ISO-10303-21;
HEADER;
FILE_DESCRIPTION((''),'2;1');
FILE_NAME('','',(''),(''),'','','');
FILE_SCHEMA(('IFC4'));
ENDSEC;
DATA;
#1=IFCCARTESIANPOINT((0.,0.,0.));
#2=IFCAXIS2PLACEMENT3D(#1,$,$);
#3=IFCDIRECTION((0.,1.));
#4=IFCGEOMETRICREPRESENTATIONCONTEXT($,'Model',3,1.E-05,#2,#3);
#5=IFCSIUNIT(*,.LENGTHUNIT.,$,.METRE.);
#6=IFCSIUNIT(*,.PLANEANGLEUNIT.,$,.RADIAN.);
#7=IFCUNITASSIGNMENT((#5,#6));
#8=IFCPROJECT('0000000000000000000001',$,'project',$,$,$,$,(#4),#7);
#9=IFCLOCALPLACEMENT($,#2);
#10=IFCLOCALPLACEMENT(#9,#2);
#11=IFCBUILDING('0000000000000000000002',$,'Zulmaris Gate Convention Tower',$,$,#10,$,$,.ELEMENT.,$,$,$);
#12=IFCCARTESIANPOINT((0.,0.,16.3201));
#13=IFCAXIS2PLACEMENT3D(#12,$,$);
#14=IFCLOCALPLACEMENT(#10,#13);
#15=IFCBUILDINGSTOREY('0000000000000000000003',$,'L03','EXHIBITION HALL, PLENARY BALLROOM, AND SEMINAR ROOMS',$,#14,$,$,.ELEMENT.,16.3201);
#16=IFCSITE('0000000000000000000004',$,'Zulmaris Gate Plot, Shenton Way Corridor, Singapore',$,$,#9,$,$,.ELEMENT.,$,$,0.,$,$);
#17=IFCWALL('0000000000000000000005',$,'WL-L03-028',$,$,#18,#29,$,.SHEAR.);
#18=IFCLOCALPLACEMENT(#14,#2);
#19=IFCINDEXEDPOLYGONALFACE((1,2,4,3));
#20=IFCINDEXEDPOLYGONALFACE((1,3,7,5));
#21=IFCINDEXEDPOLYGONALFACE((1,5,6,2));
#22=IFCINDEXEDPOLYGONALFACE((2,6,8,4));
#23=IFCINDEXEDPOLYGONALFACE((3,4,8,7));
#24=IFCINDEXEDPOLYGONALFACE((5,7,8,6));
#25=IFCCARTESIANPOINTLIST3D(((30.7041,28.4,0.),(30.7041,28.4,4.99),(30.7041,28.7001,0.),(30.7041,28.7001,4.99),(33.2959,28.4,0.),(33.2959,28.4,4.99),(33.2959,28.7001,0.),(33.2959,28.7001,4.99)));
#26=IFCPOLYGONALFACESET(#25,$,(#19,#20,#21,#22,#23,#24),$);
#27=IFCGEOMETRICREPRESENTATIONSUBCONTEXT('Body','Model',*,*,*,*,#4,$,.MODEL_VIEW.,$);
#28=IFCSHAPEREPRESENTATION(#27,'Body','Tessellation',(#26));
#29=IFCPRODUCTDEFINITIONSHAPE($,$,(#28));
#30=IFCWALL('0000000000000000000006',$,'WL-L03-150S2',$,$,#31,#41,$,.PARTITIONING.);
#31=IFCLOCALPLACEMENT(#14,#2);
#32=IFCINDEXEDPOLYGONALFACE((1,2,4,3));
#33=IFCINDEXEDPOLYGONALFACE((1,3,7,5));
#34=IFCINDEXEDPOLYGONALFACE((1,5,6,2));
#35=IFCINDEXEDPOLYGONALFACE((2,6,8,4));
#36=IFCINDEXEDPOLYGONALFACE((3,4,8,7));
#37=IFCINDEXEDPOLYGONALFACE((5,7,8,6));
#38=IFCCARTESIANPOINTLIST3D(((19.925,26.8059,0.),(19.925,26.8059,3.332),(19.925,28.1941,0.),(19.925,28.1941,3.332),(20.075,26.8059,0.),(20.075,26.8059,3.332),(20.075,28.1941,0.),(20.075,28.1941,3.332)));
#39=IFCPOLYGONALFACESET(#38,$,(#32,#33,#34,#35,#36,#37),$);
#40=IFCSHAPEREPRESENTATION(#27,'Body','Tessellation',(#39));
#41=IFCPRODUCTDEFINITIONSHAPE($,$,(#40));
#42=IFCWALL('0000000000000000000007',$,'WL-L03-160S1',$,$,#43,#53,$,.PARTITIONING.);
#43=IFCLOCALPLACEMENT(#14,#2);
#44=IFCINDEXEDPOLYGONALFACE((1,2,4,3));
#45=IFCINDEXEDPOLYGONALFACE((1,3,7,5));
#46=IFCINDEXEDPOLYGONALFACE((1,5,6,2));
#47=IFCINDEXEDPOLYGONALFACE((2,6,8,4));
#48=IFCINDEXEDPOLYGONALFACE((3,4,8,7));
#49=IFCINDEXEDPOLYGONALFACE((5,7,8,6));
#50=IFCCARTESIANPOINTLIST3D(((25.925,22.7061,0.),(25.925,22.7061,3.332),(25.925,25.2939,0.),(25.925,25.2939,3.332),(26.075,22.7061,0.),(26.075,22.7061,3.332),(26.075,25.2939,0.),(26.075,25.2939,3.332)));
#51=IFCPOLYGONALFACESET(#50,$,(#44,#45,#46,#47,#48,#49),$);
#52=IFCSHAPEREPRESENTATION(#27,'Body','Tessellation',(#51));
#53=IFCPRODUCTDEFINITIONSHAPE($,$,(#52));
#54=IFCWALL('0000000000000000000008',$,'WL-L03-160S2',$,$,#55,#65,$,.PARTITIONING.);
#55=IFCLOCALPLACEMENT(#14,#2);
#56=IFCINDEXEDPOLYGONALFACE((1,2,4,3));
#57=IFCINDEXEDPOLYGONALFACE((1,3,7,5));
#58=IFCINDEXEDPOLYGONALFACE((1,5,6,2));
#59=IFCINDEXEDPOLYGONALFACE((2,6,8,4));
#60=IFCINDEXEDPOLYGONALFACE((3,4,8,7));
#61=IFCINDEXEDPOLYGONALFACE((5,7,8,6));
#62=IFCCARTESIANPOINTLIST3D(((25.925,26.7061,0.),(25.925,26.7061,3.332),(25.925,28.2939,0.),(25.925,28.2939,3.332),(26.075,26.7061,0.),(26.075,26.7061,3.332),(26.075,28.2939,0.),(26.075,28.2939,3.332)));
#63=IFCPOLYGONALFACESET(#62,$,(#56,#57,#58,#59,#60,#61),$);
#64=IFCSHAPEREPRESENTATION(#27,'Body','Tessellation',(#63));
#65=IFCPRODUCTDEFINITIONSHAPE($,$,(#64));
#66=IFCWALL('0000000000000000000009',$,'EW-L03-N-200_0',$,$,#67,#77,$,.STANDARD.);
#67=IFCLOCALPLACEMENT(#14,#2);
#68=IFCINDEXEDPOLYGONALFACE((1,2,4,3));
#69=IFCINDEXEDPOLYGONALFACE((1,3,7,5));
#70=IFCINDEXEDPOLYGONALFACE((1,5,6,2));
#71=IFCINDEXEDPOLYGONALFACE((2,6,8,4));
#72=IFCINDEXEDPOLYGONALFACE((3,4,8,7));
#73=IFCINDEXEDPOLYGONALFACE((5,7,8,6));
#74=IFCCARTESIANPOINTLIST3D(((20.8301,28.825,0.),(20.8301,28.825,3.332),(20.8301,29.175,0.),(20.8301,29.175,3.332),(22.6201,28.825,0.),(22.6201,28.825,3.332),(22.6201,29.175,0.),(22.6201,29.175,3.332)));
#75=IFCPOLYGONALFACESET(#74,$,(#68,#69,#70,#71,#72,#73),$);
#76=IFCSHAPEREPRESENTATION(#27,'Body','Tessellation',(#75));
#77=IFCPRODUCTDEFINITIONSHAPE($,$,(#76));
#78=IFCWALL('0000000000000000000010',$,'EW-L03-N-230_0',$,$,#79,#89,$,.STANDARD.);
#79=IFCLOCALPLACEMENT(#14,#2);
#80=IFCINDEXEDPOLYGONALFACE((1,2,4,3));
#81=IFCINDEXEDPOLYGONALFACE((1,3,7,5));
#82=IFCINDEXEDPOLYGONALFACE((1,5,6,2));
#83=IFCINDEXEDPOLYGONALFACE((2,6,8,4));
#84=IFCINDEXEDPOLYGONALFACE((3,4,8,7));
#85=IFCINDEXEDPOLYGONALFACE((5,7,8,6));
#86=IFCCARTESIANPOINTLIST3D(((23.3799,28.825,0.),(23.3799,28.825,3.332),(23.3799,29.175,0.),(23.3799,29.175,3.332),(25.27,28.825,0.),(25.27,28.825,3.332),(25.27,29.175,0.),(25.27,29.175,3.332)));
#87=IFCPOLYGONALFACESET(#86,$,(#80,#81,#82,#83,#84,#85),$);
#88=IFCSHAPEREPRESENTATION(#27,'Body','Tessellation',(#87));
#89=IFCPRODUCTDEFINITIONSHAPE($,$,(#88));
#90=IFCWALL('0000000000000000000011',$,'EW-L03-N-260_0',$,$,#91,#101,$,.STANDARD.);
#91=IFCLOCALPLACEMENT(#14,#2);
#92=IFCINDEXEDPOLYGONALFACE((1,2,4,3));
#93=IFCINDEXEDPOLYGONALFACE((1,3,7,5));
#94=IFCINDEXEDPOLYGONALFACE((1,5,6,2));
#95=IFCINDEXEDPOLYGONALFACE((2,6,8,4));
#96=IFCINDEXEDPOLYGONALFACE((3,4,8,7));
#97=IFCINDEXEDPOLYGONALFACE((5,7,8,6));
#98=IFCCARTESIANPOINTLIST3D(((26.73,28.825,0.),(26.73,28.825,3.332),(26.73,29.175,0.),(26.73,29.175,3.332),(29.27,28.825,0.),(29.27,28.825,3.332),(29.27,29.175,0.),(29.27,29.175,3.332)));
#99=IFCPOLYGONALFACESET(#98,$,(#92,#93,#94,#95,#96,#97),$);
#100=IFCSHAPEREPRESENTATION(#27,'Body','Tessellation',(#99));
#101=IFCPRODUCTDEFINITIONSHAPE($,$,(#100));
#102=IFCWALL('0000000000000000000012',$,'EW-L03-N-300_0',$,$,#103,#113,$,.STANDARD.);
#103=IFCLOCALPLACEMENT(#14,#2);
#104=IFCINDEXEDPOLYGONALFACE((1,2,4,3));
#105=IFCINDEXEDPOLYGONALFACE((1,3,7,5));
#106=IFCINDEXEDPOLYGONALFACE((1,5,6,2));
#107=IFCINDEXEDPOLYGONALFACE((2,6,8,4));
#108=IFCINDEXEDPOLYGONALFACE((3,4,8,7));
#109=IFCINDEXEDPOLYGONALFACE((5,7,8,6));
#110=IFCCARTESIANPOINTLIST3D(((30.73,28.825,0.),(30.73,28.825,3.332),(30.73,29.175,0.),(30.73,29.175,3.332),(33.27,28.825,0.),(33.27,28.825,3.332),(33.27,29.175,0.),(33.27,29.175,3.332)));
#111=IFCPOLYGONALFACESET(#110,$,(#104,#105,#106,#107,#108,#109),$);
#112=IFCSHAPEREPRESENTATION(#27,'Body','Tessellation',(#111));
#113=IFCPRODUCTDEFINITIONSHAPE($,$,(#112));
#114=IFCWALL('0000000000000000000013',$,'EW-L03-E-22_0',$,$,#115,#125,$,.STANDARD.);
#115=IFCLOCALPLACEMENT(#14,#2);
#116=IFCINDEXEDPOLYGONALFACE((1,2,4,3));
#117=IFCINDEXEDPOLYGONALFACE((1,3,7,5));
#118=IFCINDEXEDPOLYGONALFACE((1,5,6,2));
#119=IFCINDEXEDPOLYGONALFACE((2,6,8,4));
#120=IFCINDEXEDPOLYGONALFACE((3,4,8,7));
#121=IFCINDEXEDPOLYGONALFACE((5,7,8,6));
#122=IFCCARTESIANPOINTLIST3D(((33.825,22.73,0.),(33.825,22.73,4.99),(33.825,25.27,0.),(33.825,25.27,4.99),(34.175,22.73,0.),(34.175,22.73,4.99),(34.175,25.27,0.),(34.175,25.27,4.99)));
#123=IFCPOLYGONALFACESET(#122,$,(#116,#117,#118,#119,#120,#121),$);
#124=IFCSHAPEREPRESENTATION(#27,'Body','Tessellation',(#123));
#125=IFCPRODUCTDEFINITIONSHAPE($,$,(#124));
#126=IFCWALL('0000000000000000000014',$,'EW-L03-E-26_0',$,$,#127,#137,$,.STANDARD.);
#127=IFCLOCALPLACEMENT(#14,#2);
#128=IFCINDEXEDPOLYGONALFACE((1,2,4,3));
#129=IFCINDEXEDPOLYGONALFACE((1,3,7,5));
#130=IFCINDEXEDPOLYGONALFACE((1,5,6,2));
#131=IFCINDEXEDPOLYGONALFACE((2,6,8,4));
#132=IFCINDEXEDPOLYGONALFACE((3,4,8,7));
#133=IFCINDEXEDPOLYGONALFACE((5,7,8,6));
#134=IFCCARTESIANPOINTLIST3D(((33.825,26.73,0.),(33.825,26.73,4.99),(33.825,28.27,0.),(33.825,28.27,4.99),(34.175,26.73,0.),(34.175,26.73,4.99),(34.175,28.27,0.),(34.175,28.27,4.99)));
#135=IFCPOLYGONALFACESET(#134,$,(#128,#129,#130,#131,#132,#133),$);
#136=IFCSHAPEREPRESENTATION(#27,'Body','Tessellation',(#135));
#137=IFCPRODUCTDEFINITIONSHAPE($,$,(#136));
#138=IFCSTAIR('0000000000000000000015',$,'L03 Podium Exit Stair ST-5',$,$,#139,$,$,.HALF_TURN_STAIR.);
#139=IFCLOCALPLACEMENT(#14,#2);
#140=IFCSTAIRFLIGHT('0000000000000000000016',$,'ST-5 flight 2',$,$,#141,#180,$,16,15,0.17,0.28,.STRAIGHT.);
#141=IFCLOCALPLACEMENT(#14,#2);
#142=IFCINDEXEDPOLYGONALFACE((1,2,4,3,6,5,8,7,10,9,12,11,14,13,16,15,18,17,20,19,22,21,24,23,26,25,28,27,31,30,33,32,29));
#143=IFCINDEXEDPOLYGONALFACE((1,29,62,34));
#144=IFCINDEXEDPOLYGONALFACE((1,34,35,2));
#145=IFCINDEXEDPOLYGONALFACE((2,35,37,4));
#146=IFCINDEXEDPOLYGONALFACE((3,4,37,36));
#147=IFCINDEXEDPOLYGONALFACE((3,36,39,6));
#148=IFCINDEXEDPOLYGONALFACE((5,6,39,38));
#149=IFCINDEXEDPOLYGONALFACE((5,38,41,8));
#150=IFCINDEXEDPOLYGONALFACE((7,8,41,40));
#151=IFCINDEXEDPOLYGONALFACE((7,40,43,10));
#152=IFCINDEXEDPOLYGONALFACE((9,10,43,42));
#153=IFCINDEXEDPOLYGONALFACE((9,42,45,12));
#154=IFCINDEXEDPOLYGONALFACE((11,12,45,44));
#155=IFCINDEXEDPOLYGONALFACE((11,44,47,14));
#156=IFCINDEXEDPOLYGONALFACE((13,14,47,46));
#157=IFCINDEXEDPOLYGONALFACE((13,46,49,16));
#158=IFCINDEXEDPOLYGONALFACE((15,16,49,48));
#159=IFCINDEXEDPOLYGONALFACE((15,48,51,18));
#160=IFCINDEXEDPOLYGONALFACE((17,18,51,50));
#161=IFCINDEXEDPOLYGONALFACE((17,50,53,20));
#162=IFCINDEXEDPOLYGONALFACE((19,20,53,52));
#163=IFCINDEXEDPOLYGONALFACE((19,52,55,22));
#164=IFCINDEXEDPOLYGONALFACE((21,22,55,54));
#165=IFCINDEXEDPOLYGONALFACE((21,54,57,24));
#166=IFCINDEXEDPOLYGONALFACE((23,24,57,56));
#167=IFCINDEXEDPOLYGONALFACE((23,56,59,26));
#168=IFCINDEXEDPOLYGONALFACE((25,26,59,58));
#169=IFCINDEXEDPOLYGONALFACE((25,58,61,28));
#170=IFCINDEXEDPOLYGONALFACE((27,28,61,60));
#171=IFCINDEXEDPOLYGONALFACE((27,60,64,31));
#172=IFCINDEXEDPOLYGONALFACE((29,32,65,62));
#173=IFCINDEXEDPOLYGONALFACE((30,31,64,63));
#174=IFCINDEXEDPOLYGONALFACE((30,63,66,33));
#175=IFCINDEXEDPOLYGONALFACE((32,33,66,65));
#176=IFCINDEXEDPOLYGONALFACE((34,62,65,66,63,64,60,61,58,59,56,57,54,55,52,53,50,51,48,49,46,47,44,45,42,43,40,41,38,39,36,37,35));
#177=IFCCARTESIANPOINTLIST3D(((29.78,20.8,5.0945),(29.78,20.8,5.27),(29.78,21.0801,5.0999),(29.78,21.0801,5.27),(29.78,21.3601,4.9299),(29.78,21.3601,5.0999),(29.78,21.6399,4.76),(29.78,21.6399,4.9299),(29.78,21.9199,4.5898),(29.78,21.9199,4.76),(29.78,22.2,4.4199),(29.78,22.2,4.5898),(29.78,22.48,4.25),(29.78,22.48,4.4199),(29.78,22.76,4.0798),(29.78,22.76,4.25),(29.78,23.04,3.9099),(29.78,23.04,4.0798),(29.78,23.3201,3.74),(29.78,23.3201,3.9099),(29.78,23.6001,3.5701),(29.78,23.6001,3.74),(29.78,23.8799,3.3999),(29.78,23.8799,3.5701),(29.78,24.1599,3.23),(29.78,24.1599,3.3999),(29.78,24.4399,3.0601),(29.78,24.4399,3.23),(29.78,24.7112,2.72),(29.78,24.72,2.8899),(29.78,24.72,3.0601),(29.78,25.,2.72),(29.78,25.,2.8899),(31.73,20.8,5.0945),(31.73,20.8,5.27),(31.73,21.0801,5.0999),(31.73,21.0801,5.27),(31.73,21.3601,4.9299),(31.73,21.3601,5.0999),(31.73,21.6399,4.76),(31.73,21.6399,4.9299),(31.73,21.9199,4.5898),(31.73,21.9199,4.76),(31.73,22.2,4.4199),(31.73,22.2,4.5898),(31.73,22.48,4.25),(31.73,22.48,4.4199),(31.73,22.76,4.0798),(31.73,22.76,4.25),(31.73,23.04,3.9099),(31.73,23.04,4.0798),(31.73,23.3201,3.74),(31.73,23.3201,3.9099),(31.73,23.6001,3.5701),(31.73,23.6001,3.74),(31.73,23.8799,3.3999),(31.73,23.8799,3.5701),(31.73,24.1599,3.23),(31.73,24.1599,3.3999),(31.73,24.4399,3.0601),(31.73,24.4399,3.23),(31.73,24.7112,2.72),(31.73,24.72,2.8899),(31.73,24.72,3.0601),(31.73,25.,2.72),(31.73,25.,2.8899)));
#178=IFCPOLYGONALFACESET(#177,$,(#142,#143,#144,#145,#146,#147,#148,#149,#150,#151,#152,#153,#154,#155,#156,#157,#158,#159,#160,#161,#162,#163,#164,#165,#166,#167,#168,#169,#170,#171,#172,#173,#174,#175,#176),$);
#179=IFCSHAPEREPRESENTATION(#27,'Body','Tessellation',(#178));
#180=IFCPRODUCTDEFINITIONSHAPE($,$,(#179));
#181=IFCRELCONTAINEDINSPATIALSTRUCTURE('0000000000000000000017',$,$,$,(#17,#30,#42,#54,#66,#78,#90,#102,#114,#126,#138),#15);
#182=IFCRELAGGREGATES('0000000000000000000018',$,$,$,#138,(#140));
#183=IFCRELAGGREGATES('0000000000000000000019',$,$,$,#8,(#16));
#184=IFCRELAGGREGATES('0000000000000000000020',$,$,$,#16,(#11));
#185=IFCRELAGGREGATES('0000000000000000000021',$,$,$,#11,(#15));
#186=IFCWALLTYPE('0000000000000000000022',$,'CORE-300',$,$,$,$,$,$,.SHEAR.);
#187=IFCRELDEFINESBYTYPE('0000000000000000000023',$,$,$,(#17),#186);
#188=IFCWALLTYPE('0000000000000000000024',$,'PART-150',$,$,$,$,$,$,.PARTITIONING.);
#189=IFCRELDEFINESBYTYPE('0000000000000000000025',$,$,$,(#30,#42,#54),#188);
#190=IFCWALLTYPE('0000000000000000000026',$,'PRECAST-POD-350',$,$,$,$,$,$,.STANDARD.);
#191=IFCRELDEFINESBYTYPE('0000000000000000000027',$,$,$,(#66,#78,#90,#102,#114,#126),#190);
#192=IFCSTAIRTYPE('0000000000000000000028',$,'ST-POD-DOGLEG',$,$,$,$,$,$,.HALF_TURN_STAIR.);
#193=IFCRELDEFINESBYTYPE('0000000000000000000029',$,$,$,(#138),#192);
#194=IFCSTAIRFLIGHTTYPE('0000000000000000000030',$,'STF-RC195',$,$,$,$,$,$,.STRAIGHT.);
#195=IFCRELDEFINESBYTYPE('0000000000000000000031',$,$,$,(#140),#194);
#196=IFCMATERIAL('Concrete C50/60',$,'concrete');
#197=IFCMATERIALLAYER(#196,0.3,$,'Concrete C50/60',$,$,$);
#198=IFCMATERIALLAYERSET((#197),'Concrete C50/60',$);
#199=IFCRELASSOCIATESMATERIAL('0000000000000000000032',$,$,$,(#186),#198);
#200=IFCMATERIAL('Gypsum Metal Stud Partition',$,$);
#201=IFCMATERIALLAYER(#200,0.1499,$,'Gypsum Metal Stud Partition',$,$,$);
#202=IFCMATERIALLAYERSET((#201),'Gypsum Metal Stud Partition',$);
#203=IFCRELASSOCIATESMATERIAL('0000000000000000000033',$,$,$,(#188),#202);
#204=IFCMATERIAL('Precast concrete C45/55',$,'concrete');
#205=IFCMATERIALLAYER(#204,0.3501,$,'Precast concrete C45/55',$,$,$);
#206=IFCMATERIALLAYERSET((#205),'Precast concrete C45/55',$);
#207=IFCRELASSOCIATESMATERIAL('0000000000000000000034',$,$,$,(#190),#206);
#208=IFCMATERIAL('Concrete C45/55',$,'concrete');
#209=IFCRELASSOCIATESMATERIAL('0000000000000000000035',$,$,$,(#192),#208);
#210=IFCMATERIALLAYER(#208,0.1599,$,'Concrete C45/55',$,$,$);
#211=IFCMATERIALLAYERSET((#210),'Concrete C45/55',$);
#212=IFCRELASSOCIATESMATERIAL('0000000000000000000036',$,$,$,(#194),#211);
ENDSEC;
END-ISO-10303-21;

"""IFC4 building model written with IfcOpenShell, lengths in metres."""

from ifc_helpers import new_model, si_unit, direction, frame, frame_2d, origin, place, context, subcontext, project, spatial, polyline, rectangle, outline, extrude, material, layer, layer_set, type_object, element, aggregate, save


model = new_model("IFC4")

# Units and contexts
model_context = context("Model", 3, precision=1e-05, world=origin(), true_north=direction((0.0, 1.0)))
body_context = subcontext(model_context, "Body", "Model", "MODEL_VIEW")
ifc_project = project(units=[si_unit("LENGTHUNIT", "METRE"), si_unit("PLANEANGLEUNIT", "RADIAN")], contexts=[model_context])

# Site, building, storey
site_placement = place(None, origin())
site = spatial("IfcSite", under=ifc_project, at=site_placement, Name="Zulmaris Gate Plot, Shenton Way Corridor, Singapore", CompositionType="ELEMENT", RefElevation=0.0)
building_placement = place(site_placement, origin())
building = spatial("IfcBuilding", under=site, at=building_placement, Name="Zulmaris Gate Convention Tower", CompositionType="ELEMENT")
storey_placement = place(building_placement, frame((0.0, 0.0, 16.3201)))
storey = spatial("IfcBuildingStorey", under=building, at=storey_placement, Name="L03", Description="EXHIBITION HALL, PLENARY BALLROOM, AND SEMINAR ROOMS", CompositionType="ELEMENT", Elevation=16.3201)

# Walls
ifc_material_1 = material(Name="Concrete C50/60", Category="concrete")
ifc_layer_1 = layer(ifc_material_1, 0.3, Name="Concrete C50/60")
ifc_layer_set_1 = layer_set([ifc_layer_1], Name="Concrete C50/60")
wall_type_1 = type_object("IfcWallType", Name="CORE-300", PredefinedType="SHEAR", material=ifc_layer_set_1)
wall_1_placement = place(storey_placement, frame((30.7041, 28.55, 0.0), z_axis=(0.0, 0.0, 1.0), x_axis=(1.0, 0.0, 0.0)))
element("IfcWall", 1, at=wall_1_placement, inside=storey, type_object=wall_type_1, Name="WL-L03-028", PredefinedType="SHEAR", context=body_context, shape_type="SweptSolid", body=[
    extrude(rectangle(XDim=2.5918, YDim=0.3, at=frame_2d((1.2959, 0.0))), origin(), (0.0, 0.0, 1.0), 4.99),
])
ifc_material_2 = material(Name="Gypsum Metal Stud Partition")
ifc_layer_2 = layer(ifc_material_2, 0.1499, Name="Gypsum Metal Stud Partition")
ifc_layer_set_2 = layer_set([ifc_layer_2], Name="Gypsum Metal Stud Partition")
wall_type_2 = type_object("IfcWallType", Name="PART-150", PredefinedType="PARTITIONING", material=ifc_layer_set_2)
wall_2_placement = place(storey_placement, frame((20.0, 26.8059, 0.0), z_axis=(0.0, 0.0, 1.0), x_axis=(0.0, 1.0, 0.0)))
element("IfcWall", 2, at=wall_2_placement, inside=storey, type_object=wall_type_2, Name="WL-L03-150S2", PredefinedType="PARTITIONING", context=body_context, shape_type="SweptSolid", body=[
    extrude(rectangle(XDim=1.3882, YDim=0.1499, at=frame_2d((0.6941, 0.0))), origin(), (0.0, 0.0, 1.0), 3.332),
])
wall_3_placement = place(storey_placement, frame((26.0, 22.7061, 0.0), z_axis=(0.0, 0.0, 1.0), x_axis=(0.0, 1.0, 0.0)))
element("IfcWall", 3, at=wall_3_placement, inside=storey, type_object=wall_type_2, Name="WL-L03-160S1", PredefinedType="PARTITIONING", context=body_context, shape_type="SweptSolid", body=[
    extrude(rectangle(XDim=2.5879, YDim=0.1499, at=frame_2d((1.2939, 0.0))), origin(), (0.0, 0.0, 1.0), 3.332),
])
wall_4_placement = place(storey_placement, frame((26.0, 26.7061, 0.0), z_axis=(0.0, 0.0, 1.0), x_axis=(0.0, 1.0, 0.0)))
element("IfcWall", 4, at=wall_4_placement, inside=storey, type_object=wall_type_2, Name="WL-L03-160S2", PredefinedType="PARTITIONING", context=body_context, shape_type="SweptSolid", body=[
    extrude(rectangle(XDim=1.5879, YDim=0.1499, at=frame_2d((0.7939, 0.0))), origin(), (0.0, 0.0, 1.0), 3.332),
])
ifc_material_3 = material(Name="Precast concrete C45/55", Category="concrete")
ifc_layer_3 = layer(ifc_material_3, 0.3501, Name="Precast concrete C45/55")
ifc_layer_set_3 = layer_set([ifc_layer_3], Name="Precast concrete C45/55")
wall_type_3 = type_object("IfcWallType", Name="PRECAST-POD-350", PredefinedType="STANDARD", material=ifc_layer_set_3)
wall_5_placement = place(storey_placement, frame((22.6201, 29.0, 0.0), z_axis=(0.0, 0.0, 1.0), x_axis=(-1.0, 0.0, 0.0)))
element("IfcWall", 5, at=wall_5_placement, inside=storey, type_object=wall_type_3, Name="EW-L03-N-200_0", PredefinedType="STANDARD", context=body_context, shape_type="SweptSolid", body=[
    extrude(rectangle(XDim=1.79, YDim=0.3501, at=frame_2d((0.895, 0.0))), origin(), (0.0, 0.0, 1.0), 3.332),
])
wall_6_placement = place(storey_placement, frame((25.27, 29.0, 0.0), z_axis=(0.0, 0.0, 1.0), x_axis=(-1.0, 0.0, 0.0)))
element("IfcWall", 6, at=wall_6_placement, inside=storey, type_object=wall_type_3, Name="EW-L03-N-230_0", PredefinedType="STANDARD", context=body_context, shape_type="SweptSolid", body=[
    extrude(rectangle(XDim=1.8901, YDim=0.3501, at=frame_2d((0.9451, 0.0))), origin(), (0.0, 0.0, 1.0), 3.332),
])
for number, where, z_axis, x_axis, name in (
    (7, (29.27, 29.0, 0.0), (0.0, 0.0, 1.0), (-1.0, 0.0, 0.0), "EW-L03-N-260_0"),
    (8, (33.27, 29.0, 0.0), (0.0, 0.0, 1.0), (-1.0, 0.0, 0.0), "EW-L03-N-300_0"),
):
    element("IfcWall", number, at=place(storey_placement, frame(where, z_axis=z_axis, x_axis=x_axis)), inside=storey, type_object=wall_type_3, Name=name, PredefinedType="STANDARD", context=body_context, shape_type="SweptSolid", body=[
        extrude(rectangle(XDim=2.54, YDim=0.3501, at=frame_2d((1.27, 0.0))), origin(), (0.0, 0.0, 1.0), 3.332),
    ])
wall_7_placement = place(storey_placement, frame((34.0, 25.27, 0.0), z_axis=(0.0, 0.0, 1.0), x_axis=(0.0, -1.0, 0.0)))
element("IfcWall", 9, at=wall_7_placement, inside=storey, type_object=wall_type_3, Name="EW-L03-E-22_0", PredefinedType="STANDARD", context=body_context, shape_type="SweptSolid", body=[
    extrude(rectangle(XDim=2.54, YDim=0.3501, at=frame_2d((1.27, 0.0))), origin(), (0.0, 0.0, 1.0), 4.99),
])
wall_8_placement = place(storey_placement, frame((34.0, 28.27, 0.0), z_axis=(0.0, 0.0, 1.0), x_axis=(0.0, -1.0, 0.0)))
element("IfcWall", 10, at=wall_8_placement, inside=storey, type_object=wall_type_3, Name="EW-L03-E-26_0", PredefinedType="STANDARD", context=body_context, shape_type="SweptSolid", body=[
    extrude(rectangle(XDim=1.54, YDim=0.3501, at=frame_2d((0.77, 0.0))), origin(), (0.0, 0.0, 1.0), 4.99),
])

# Stair, stair flight
ifc_material_4 = material(Name="Concrete C45/55", Category="concrete")
stair_type = type_object("IfcStairType", Name="ST-POD-DOGLEG", PredefinedType="HALF_TURN_STAIR", material=ifc_material_4)
stair_placement = place(storey_placement, origin())
stair = element("IfcStair", 11, at=stair_placement, inside=storey, type_object=stair_type, Name="L03 Podium Exit Stair ST-5", PredefinedType="HALF_TURN_STAIR")
ifc_layer_4 = layer(ifc_material_4, 0.1599, Name="Concrete C45/55")
ifc_layer_set_4 = layer_set([ifc_layer_4], Name="Concrete C45/55")
stair_flight_type = type_object("IfcStairFlightType", Name="STF-RC195", PredefinedType="STRAIGHT", material=ifc_layer_set_4)
stair_flight_placement = place(storey_placement, frame((30.7549, 25.0, 2.72), z_axis=(0.0, 0.0, 1.0), x_axis=(0.0, -1.0, 0.0)))
stair_flight = element("IfcStairFlight", 12, at=stair_flight_placement, type_object=stair_flight_type, Name="ST-5 flight 2", NumberOfRisers=16, NumberOfTreads=15, PredefinedType="STRAIGHT", RiserHeight=0.17, TreadLength=0.28, context=body_context, shape_type="SweptSolid", body=[
    extrude(outline(polyline([(0.0, 0.0), (0.0, 0.1699), (0.28, 0.1699), (0.28, 0.3401), (0.5601, 0.3401), (0.5601, 0.51), (0.8401, 0.51), (0.8401, 0.6799), (1.1201, 0.6799), (1.1201, 0.8501), (1.3999, 0.8501), (1.3999, 1.02), (1.6799, 1.02), (1.6799, 1.1899), (1.96, 1.1899), (1.96, 1.3599), (2.24, 1.3599), (2.24, 1.53), (2.52, 1.53), (2.52, 1.7), (2.8, 1.7), (2.8, 1.8699), (3.0801, 1.8699), (3.0801, 2.04), (3.3601, 2.04), (3.3601, 2.21), (3.6399, 2.21), (3.6399, 2.3799), (3.9199, 2.3799), (3.9199, 2.55), (4.2, 2.55), (4.2, 2.72), (4.2, 2.3745), (0.2888, 0.0), (0.0, 0.0)])), frame((0.0, 0.9751, 0.0), z_axis=(0.0, -1.0, 0.0), x_axis=(1.0, 0.0, 0.0)), (0.0, 0.0, 1.0), 1.95),
])
aggregate(stair, [stair_flight])

save(model, "model.ifc")
